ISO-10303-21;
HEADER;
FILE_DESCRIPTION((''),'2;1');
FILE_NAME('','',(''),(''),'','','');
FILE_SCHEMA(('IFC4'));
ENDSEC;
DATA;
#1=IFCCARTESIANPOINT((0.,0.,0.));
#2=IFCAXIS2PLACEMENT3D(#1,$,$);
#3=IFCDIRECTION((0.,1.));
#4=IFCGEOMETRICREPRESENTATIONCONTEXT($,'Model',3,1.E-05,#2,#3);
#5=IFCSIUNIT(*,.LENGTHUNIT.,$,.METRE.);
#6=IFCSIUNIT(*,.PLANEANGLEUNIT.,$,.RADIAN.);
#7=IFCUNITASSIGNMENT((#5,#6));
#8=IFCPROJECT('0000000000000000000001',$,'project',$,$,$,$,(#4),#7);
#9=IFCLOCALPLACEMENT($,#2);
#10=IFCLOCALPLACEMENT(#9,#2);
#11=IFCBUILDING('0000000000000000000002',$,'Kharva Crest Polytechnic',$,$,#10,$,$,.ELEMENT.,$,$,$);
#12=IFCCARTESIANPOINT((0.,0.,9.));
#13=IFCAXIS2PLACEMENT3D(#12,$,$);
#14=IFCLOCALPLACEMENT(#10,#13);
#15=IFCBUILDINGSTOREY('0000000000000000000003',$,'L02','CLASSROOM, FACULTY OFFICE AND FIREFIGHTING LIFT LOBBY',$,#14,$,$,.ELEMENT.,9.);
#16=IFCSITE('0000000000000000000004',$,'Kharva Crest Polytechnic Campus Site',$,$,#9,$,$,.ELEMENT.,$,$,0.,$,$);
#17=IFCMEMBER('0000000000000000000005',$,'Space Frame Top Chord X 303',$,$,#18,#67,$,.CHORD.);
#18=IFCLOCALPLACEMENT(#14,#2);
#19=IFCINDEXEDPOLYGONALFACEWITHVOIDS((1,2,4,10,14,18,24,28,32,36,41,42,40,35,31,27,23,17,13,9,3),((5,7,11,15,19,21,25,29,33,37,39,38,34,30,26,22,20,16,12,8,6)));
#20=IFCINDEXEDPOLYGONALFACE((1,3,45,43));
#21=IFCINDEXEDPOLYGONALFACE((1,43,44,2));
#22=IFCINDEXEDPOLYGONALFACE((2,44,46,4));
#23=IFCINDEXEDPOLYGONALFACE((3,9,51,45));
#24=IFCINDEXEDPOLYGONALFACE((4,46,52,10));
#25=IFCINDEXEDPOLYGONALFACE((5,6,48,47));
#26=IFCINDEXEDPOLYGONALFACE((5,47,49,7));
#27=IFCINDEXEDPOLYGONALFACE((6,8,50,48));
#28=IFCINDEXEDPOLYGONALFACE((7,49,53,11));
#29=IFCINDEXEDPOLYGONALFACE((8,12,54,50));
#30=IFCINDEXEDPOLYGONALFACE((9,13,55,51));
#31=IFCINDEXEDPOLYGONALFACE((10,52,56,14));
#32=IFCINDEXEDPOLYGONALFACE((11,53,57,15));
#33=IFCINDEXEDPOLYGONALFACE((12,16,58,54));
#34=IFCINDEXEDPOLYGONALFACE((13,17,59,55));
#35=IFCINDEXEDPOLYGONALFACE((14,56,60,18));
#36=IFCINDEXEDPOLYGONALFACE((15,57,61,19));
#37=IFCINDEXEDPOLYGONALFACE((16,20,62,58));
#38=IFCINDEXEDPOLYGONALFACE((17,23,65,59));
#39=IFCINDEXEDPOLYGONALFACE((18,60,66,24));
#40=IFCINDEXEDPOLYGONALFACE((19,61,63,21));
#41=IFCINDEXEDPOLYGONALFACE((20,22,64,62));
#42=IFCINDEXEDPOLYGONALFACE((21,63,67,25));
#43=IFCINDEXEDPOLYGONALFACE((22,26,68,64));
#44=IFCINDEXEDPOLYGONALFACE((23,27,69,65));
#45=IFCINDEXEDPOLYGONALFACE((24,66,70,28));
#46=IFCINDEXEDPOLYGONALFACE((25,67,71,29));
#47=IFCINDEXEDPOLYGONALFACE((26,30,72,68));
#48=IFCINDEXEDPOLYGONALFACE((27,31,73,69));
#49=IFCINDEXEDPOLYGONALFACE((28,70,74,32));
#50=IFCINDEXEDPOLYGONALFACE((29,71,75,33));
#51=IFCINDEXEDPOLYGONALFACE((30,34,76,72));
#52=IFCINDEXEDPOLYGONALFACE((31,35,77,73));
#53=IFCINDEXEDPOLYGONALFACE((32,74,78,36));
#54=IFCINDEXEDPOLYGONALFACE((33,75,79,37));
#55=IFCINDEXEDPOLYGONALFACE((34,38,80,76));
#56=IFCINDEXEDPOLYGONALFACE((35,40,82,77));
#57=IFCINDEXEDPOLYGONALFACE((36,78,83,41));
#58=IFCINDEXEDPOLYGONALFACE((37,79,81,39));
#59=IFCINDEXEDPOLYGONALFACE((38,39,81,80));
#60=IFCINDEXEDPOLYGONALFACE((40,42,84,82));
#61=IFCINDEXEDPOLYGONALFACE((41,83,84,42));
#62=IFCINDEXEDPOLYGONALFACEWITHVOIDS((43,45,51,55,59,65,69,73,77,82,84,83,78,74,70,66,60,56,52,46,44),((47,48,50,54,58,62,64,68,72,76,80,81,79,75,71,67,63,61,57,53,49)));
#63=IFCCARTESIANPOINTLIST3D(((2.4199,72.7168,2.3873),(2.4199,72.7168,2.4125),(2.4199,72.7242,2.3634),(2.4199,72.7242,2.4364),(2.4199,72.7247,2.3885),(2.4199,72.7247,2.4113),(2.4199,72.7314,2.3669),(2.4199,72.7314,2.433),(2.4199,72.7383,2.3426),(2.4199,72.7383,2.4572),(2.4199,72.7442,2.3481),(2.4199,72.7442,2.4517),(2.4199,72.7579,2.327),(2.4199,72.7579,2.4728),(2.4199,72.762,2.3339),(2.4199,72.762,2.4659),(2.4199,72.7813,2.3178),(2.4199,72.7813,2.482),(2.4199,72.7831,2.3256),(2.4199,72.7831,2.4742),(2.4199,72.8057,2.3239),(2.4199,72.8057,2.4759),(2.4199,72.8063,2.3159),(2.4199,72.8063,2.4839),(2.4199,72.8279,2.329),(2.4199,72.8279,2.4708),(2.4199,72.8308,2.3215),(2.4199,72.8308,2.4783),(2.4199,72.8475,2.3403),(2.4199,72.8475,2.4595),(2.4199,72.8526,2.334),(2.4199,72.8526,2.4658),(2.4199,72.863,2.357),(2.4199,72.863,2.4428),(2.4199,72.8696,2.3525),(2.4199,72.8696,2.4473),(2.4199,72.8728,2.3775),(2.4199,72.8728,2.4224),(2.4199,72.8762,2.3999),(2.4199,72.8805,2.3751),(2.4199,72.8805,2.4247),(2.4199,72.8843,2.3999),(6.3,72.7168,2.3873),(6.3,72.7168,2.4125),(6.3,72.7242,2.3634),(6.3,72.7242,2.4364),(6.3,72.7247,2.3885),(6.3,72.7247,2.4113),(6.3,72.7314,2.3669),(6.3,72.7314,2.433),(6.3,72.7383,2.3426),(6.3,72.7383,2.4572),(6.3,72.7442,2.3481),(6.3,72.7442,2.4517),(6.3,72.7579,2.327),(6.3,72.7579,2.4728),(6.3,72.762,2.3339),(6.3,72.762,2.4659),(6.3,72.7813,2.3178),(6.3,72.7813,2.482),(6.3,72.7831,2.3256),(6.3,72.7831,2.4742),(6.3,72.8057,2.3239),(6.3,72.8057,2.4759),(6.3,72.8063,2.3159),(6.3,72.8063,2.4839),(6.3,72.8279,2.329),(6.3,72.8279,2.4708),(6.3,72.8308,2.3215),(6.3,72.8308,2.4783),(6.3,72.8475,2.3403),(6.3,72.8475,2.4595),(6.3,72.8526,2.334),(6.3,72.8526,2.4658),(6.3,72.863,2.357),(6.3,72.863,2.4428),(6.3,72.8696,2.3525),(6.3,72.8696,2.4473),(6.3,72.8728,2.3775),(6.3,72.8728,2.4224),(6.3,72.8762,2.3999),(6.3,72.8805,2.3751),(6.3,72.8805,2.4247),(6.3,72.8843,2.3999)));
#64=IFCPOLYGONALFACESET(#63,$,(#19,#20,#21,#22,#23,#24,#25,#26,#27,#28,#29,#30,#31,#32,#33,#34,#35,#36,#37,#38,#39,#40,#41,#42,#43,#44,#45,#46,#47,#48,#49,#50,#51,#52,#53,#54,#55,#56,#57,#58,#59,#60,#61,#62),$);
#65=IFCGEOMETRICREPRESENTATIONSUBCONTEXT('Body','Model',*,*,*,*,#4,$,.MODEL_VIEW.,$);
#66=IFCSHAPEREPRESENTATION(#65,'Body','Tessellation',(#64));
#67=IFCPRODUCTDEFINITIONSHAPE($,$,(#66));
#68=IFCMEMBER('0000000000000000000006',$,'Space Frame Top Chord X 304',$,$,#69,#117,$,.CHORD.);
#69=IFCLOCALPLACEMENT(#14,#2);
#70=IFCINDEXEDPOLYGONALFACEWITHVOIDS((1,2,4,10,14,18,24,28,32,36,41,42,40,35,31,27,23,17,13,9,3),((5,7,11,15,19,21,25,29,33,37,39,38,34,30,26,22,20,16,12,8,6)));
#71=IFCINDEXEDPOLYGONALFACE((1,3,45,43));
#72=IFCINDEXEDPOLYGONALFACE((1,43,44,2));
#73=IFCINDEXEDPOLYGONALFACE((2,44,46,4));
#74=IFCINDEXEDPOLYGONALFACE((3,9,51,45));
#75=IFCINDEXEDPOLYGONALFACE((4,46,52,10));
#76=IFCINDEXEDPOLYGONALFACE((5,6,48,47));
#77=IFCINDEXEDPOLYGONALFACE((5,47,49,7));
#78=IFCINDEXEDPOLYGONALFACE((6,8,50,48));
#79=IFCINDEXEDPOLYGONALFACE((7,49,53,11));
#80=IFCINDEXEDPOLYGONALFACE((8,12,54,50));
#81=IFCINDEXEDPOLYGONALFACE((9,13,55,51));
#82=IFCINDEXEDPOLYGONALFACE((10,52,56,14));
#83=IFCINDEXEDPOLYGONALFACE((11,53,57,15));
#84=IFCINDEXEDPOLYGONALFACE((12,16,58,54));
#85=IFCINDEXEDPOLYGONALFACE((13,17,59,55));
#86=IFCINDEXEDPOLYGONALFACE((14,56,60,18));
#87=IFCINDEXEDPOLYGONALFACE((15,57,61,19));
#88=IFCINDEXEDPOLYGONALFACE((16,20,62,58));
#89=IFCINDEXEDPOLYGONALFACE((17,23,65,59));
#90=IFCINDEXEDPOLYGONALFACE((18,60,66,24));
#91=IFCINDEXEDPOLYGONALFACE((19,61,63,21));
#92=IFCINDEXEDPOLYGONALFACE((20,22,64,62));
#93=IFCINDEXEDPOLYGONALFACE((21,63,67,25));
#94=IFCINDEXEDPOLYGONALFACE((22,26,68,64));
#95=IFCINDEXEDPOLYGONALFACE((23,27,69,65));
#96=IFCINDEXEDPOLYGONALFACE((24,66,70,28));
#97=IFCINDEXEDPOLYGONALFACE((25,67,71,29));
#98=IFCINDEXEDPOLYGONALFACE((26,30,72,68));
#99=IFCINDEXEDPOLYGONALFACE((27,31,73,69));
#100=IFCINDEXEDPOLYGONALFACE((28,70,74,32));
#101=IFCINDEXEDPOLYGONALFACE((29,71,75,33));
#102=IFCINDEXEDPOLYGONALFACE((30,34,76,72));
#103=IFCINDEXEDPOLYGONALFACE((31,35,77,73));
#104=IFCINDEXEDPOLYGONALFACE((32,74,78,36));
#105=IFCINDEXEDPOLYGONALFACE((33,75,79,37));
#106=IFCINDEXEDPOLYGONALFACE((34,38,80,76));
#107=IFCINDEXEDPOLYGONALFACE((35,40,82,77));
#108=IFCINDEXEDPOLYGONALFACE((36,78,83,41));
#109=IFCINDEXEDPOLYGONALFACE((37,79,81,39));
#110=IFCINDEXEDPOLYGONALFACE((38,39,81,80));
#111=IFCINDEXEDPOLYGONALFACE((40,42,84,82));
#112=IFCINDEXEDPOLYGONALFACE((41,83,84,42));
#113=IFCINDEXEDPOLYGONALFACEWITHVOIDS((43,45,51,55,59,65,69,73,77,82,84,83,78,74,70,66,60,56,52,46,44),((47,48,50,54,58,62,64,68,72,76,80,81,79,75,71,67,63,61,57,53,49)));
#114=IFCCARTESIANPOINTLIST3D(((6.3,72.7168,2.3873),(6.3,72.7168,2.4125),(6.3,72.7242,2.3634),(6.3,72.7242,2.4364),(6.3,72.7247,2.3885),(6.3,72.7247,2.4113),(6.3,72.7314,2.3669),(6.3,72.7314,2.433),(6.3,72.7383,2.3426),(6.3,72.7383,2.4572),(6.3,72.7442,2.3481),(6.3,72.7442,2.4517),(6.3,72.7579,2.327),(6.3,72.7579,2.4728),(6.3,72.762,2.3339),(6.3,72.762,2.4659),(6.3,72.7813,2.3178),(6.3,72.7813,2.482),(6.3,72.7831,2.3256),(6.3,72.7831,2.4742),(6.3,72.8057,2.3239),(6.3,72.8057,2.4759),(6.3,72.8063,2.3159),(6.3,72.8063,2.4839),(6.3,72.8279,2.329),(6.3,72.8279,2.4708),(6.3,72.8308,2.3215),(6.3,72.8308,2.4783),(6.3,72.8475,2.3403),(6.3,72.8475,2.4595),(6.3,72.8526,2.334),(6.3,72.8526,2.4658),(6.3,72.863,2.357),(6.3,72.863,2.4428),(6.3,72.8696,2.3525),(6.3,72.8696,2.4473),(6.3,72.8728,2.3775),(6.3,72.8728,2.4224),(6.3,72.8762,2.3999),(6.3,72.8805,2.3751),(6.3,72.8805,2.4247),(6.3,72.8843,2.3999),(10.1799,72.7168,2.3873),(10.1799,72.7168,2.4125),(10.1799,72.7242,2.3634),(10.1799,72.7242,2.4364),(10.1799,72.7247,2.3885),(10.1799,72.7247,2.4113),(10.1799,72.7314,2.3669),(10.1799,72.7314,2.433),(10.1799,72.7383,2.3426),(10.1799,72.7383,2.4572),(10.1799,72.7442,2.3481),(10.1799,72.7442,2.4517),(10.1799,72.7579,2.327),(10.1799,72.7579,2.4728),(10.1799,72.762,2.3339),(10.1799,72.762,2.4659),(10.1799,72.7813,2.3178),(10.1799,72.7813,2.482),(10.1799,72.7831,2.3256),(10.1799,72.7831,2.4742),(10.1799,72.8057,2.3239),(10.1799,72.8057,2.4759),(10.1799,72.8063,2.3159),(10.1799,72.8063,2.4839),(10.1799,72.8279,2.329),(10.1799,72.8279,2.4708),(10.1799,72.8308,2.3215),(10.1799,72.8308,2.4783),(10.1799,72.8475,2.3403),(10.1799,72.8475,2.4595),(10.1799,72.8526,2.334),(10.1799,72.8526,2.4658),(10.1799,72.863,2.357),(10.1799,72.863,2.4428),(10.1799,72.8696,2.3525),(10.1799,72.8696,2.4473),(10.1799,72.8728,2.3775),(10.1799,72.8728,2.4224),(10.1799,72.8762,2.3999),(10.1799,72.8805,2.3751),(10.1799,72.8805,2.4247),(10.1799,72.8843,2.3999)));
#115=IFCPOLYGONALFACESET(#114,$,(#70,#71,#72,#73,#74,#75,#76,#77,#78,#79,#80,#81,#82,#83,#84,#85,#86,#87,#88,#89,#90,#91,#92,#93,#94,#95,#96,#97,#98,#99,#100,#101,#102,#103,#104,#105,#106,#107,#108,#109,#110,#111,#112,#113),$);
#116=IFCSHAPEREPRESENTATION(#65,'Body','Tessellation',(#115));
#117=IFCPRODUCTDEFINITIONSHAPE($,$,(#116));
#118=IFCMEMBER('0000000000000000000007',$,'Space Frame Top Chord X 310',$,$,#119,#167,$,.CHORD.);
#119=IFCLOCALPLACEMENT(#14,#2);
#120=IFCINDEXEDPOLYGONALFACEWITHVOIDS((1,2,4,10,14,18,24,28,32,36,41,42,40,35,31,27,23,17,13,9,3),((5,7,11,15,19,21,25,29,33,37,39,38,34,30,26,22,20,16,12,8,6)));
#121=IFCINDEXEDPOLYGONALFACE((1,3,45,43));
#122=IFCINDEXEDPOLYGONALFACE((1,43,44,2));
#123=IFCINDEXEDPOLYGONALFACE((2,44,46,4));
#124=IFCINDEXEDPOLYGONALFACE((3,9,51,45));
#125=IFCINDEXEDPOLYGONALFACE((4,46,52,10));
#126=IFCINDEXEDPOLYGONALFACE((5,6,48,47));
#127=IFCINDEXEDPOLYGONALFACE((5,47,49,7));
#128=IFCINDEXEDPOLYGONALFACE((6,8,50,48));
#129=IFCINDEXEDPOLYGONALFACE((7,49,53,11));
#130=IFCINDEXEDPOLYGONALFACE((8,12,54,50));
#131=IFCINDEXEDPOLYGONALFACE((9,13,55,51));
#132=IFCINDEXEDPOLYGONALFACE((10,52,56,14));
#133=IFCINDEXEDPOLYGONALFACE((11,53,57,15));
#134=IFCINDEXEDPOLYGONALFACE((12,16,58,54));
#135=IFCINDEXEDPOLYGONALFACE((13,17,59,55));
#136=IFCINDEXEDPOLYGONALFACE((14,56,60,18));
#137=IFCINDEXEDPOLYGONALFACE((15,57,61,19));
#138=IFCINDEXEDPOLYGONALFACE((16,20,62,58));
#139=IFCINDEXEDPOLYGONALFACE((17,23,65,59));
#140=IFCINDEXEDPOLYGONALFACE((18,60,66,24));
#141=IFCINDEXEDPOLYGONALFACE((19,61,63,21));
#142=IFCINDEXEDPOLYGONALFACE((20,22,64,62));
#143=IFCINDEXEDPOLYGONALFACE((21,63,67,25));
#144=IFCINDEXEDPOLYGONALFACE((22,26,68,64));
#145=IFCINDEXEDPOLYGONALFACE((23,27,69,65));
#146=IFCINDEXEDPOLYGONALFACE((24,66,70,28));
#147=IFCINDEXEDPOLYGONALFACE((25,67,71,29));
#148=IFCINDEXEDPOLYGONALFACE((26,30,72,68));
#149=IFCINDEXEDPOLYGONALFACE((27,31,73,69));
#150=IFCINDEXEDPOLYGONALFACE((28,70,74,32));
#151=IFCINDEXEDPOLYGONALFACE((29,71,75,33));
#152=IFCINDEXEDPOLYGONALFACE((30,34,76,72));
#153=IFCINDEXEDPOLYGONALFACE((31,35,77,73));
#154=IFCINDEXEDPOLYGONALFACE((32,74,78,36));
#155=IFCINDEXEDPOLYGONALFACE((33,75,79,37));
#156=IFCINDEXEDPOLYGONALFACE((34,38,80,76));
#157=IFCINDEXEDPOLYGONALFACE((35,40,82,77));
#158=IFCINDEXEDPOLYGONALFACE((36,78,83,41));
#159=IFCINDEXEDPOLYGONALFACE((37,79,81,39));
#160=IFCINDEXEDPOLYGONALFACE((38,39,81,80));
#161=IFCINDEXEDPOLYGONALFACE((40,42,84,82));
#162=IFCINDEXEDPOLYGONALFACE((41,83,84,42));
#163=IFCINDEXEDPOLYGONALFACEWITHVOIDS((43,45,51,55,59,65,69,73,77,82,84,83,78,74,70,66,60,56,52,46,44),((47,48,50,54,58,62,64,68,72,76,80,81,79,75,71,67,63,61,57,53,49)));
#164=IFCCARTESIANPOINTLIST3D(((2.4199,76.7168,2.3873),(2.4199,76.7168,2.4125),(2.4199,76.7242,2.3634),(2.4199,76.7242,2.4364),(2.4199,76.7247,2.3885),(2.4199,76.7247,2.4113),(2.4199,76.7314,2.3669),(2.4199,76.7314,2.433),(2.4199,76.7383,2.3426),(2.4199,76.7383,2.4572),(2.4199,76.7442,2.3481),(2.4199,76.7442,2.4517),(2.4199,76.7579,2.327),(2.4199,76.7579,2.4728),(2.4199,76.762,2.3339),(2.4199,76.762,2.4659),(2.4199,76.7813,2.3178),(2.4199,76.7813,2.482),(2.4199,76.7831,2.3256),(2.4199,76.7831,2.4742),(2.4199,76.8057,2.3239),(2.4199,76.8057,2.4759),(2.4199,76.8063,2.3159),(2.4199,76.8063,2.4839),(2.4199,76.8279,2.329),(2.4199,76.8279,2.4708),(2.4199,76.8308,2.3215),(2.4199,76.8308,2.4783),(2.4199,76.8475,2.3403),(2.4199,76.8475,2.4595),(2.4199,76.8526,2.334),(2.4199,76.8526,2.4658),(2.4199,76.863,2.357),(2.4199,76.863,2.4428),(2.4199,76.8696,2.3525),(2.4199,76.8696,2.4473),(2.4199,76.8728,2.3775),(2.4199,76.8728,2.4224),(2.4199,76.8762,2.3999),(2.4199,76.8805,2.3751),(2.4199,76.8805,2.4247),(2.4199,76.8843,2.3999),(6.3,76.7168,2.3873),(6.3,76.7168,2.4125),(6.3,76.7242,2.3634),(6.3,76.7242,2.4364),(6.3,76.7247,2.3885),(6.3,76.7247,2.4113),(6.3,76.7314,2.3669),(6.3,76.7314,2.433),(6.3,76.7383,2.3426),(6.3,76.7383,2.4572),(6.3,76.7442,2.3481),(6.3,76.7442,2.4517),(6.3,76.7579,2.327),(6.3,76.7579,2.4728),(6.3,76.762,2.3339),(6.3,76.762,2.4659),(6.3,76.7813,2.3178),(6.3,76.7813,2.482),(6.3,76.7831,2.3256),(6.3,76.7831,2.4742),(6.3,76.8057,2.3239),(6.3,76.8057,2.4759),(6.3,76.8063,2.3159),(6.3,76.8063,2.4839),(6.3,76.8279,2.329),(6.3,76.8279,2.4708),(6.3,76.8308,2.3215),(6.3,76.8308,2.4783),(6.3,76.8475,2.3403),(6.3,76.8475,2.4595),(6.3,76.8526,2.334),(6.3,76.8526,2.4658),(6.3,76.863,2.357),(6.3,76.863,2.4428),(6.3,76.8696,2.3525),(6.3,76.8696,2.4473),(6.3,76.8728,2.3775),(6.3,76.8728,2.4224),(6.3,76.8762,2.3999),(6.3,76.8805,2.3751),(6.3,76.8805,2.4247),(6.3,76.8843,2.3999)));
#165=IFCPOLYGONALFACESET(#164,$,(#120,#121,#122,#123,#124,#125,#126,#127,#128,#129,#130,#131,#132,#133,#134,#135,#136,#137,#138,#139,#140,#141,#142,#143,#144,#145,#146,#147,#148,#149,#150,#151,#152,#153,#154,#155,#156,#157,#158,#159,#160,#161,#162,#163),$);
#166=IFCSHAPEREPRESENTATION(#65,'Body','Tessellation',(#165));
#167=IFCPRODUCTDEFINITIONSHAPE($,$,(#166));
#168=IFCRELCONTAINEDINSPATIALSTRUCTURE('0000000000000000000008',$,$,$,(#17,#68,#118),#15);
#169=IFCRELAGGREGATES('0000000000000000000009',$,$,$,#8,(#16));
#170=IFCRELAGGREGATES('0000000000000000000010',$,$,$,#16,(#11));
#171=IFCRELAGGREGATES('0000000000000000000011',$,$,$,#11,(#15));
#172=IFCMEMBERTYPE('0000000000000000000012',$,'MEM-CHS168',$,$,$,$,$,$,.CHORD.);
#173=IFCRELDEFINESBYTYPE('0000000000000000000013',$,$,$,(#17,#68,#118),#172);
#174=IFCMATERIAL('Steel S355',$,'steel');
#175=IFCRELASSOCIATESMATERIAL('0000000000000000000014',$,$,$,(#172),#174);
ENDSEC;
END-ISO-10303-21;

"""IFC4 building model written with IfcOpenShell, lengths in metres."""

from ifc_helpers import new_model, si_unit, direction, frame, origin, origin_2d, place, context, subcontext, project, spatial, hollow_circle, extrude, material, material_profile, profile_set, type_object, element, save


model = new_model("IFC4")

# Units and contexts
model_context = context("Model", 3, precision=1e-05, world=origin(), true_north=direction((0.0, 1.0)))
body_context = subcontext(model_context, "Body", "Model", "MODEL_VIEW")
ifc_project = project(units=[si_unit("LENGTHUNIT", "METRE"), si_unit("PLANEANGLEUNIT", "RADIAN")], contexts=[model_context])

# Site, building, storey
site_placement = place(None, origin())
site = spatial("IfcSite", under=ifc_project, at=site_placement, Name="Kharva Crest Polytechnic Campus Site", CompositionType="ELEMENT", RefElevation=0.0)
building_placement = place(site_placement, origin())
building = spatial("IfcBuilding", under=site, at=building_placement, Name="Kharva Crest Polytechnic", CompositionType="ELEMENT")
storey_placement = place(building_placement, frame((0.0, 0.0, 9.0)))
storey = spatial("IfcBuildingStorey", under=building, at=storey_placement, Name="L02", Description="CLASSROOM, FACULTY OFFICE AND FIREFIGHTING LIFT LOBBY", CompositionType="ELEMENT", Elevation=9.0)

# Shared definitions
ifc_material_1 = material(Name="Steel S355", Category="steel")

# Members
ifc_material_profile_1 = material_profile(ifc_material_1, hollow_circle(Radius=0.0842, WallThickness=0.0081, at=origin_2d()), Name="CHS 168.3X8.0")
ifc_profile_set_1 = profile_set([ifc_material_profile_1], Name="Steel S355")
member_type_1 = type_object("IfcMemberType", Name="MEM-CHS168", PredefinedType="CHORD", material=ifc_profile_set_1)
member_1_placement = place(storey_placement, frame((2.4199, 72.8, 2.3999), z_axis=(1.0, 0.0, 0.0), x_axis=(0.0, 1.0, 0.0)))
element("IfcMember", 1, at=member_1_placement, inside=storey, type_object=member_type_1, Name="Space Frame Top Chord X 303", PredefinedType="CHORD", context=body_context, shape_type="SweptSolid", body=[
    extrude(hollow_circle(Radius=0.0842, WallThickness=0.0081, at=origin_2d()), origin(), (0.0, 0.0, 1.0), 3.8801),
])
member_2_placement = place(storey_placement, frame((6.3, 72.8, 2.3999), z_axis=(1.0, 0.0, 0.0), x_axis=(0.0, 1.0, 0.0)))
element("IfcMember", 2, at=member_2_placement, inside=storey, type_object=member_type_1, Name="Space Frame Top Chord X 304", PredefinedType="CHORD", context=body_context, shape_type="SweptSolid", body=[
    extrude(hollow_circle(Radius=0.0842, WallThickness=0.0081, at=origin_2d()), origin(), (0.0, 0.0, 1.0), 3.8799),
])
member_3_placement = place(storey_placement, frame((2.4199, 76.8, 2.3999), z_axis=(1.0, 0.0, 0.0), x_axis=(0.0, 1.0, 0.0)))
element("IfcMember", 3, at=member_3_placement, inside=storey, type_object=member_type_1, Name="Space Frame Top Chord X 310", PredefinedType="CHORD", context=body_context, shape_type="SweptSolid", body=[
    extrude(hollow_circle(Radius=0.0842, WallThickness=0.0081, at=origin_2d()), origin(), (0.0, 0.0, 1.0), 3.8801),
])

save(model, "model.ifc")
